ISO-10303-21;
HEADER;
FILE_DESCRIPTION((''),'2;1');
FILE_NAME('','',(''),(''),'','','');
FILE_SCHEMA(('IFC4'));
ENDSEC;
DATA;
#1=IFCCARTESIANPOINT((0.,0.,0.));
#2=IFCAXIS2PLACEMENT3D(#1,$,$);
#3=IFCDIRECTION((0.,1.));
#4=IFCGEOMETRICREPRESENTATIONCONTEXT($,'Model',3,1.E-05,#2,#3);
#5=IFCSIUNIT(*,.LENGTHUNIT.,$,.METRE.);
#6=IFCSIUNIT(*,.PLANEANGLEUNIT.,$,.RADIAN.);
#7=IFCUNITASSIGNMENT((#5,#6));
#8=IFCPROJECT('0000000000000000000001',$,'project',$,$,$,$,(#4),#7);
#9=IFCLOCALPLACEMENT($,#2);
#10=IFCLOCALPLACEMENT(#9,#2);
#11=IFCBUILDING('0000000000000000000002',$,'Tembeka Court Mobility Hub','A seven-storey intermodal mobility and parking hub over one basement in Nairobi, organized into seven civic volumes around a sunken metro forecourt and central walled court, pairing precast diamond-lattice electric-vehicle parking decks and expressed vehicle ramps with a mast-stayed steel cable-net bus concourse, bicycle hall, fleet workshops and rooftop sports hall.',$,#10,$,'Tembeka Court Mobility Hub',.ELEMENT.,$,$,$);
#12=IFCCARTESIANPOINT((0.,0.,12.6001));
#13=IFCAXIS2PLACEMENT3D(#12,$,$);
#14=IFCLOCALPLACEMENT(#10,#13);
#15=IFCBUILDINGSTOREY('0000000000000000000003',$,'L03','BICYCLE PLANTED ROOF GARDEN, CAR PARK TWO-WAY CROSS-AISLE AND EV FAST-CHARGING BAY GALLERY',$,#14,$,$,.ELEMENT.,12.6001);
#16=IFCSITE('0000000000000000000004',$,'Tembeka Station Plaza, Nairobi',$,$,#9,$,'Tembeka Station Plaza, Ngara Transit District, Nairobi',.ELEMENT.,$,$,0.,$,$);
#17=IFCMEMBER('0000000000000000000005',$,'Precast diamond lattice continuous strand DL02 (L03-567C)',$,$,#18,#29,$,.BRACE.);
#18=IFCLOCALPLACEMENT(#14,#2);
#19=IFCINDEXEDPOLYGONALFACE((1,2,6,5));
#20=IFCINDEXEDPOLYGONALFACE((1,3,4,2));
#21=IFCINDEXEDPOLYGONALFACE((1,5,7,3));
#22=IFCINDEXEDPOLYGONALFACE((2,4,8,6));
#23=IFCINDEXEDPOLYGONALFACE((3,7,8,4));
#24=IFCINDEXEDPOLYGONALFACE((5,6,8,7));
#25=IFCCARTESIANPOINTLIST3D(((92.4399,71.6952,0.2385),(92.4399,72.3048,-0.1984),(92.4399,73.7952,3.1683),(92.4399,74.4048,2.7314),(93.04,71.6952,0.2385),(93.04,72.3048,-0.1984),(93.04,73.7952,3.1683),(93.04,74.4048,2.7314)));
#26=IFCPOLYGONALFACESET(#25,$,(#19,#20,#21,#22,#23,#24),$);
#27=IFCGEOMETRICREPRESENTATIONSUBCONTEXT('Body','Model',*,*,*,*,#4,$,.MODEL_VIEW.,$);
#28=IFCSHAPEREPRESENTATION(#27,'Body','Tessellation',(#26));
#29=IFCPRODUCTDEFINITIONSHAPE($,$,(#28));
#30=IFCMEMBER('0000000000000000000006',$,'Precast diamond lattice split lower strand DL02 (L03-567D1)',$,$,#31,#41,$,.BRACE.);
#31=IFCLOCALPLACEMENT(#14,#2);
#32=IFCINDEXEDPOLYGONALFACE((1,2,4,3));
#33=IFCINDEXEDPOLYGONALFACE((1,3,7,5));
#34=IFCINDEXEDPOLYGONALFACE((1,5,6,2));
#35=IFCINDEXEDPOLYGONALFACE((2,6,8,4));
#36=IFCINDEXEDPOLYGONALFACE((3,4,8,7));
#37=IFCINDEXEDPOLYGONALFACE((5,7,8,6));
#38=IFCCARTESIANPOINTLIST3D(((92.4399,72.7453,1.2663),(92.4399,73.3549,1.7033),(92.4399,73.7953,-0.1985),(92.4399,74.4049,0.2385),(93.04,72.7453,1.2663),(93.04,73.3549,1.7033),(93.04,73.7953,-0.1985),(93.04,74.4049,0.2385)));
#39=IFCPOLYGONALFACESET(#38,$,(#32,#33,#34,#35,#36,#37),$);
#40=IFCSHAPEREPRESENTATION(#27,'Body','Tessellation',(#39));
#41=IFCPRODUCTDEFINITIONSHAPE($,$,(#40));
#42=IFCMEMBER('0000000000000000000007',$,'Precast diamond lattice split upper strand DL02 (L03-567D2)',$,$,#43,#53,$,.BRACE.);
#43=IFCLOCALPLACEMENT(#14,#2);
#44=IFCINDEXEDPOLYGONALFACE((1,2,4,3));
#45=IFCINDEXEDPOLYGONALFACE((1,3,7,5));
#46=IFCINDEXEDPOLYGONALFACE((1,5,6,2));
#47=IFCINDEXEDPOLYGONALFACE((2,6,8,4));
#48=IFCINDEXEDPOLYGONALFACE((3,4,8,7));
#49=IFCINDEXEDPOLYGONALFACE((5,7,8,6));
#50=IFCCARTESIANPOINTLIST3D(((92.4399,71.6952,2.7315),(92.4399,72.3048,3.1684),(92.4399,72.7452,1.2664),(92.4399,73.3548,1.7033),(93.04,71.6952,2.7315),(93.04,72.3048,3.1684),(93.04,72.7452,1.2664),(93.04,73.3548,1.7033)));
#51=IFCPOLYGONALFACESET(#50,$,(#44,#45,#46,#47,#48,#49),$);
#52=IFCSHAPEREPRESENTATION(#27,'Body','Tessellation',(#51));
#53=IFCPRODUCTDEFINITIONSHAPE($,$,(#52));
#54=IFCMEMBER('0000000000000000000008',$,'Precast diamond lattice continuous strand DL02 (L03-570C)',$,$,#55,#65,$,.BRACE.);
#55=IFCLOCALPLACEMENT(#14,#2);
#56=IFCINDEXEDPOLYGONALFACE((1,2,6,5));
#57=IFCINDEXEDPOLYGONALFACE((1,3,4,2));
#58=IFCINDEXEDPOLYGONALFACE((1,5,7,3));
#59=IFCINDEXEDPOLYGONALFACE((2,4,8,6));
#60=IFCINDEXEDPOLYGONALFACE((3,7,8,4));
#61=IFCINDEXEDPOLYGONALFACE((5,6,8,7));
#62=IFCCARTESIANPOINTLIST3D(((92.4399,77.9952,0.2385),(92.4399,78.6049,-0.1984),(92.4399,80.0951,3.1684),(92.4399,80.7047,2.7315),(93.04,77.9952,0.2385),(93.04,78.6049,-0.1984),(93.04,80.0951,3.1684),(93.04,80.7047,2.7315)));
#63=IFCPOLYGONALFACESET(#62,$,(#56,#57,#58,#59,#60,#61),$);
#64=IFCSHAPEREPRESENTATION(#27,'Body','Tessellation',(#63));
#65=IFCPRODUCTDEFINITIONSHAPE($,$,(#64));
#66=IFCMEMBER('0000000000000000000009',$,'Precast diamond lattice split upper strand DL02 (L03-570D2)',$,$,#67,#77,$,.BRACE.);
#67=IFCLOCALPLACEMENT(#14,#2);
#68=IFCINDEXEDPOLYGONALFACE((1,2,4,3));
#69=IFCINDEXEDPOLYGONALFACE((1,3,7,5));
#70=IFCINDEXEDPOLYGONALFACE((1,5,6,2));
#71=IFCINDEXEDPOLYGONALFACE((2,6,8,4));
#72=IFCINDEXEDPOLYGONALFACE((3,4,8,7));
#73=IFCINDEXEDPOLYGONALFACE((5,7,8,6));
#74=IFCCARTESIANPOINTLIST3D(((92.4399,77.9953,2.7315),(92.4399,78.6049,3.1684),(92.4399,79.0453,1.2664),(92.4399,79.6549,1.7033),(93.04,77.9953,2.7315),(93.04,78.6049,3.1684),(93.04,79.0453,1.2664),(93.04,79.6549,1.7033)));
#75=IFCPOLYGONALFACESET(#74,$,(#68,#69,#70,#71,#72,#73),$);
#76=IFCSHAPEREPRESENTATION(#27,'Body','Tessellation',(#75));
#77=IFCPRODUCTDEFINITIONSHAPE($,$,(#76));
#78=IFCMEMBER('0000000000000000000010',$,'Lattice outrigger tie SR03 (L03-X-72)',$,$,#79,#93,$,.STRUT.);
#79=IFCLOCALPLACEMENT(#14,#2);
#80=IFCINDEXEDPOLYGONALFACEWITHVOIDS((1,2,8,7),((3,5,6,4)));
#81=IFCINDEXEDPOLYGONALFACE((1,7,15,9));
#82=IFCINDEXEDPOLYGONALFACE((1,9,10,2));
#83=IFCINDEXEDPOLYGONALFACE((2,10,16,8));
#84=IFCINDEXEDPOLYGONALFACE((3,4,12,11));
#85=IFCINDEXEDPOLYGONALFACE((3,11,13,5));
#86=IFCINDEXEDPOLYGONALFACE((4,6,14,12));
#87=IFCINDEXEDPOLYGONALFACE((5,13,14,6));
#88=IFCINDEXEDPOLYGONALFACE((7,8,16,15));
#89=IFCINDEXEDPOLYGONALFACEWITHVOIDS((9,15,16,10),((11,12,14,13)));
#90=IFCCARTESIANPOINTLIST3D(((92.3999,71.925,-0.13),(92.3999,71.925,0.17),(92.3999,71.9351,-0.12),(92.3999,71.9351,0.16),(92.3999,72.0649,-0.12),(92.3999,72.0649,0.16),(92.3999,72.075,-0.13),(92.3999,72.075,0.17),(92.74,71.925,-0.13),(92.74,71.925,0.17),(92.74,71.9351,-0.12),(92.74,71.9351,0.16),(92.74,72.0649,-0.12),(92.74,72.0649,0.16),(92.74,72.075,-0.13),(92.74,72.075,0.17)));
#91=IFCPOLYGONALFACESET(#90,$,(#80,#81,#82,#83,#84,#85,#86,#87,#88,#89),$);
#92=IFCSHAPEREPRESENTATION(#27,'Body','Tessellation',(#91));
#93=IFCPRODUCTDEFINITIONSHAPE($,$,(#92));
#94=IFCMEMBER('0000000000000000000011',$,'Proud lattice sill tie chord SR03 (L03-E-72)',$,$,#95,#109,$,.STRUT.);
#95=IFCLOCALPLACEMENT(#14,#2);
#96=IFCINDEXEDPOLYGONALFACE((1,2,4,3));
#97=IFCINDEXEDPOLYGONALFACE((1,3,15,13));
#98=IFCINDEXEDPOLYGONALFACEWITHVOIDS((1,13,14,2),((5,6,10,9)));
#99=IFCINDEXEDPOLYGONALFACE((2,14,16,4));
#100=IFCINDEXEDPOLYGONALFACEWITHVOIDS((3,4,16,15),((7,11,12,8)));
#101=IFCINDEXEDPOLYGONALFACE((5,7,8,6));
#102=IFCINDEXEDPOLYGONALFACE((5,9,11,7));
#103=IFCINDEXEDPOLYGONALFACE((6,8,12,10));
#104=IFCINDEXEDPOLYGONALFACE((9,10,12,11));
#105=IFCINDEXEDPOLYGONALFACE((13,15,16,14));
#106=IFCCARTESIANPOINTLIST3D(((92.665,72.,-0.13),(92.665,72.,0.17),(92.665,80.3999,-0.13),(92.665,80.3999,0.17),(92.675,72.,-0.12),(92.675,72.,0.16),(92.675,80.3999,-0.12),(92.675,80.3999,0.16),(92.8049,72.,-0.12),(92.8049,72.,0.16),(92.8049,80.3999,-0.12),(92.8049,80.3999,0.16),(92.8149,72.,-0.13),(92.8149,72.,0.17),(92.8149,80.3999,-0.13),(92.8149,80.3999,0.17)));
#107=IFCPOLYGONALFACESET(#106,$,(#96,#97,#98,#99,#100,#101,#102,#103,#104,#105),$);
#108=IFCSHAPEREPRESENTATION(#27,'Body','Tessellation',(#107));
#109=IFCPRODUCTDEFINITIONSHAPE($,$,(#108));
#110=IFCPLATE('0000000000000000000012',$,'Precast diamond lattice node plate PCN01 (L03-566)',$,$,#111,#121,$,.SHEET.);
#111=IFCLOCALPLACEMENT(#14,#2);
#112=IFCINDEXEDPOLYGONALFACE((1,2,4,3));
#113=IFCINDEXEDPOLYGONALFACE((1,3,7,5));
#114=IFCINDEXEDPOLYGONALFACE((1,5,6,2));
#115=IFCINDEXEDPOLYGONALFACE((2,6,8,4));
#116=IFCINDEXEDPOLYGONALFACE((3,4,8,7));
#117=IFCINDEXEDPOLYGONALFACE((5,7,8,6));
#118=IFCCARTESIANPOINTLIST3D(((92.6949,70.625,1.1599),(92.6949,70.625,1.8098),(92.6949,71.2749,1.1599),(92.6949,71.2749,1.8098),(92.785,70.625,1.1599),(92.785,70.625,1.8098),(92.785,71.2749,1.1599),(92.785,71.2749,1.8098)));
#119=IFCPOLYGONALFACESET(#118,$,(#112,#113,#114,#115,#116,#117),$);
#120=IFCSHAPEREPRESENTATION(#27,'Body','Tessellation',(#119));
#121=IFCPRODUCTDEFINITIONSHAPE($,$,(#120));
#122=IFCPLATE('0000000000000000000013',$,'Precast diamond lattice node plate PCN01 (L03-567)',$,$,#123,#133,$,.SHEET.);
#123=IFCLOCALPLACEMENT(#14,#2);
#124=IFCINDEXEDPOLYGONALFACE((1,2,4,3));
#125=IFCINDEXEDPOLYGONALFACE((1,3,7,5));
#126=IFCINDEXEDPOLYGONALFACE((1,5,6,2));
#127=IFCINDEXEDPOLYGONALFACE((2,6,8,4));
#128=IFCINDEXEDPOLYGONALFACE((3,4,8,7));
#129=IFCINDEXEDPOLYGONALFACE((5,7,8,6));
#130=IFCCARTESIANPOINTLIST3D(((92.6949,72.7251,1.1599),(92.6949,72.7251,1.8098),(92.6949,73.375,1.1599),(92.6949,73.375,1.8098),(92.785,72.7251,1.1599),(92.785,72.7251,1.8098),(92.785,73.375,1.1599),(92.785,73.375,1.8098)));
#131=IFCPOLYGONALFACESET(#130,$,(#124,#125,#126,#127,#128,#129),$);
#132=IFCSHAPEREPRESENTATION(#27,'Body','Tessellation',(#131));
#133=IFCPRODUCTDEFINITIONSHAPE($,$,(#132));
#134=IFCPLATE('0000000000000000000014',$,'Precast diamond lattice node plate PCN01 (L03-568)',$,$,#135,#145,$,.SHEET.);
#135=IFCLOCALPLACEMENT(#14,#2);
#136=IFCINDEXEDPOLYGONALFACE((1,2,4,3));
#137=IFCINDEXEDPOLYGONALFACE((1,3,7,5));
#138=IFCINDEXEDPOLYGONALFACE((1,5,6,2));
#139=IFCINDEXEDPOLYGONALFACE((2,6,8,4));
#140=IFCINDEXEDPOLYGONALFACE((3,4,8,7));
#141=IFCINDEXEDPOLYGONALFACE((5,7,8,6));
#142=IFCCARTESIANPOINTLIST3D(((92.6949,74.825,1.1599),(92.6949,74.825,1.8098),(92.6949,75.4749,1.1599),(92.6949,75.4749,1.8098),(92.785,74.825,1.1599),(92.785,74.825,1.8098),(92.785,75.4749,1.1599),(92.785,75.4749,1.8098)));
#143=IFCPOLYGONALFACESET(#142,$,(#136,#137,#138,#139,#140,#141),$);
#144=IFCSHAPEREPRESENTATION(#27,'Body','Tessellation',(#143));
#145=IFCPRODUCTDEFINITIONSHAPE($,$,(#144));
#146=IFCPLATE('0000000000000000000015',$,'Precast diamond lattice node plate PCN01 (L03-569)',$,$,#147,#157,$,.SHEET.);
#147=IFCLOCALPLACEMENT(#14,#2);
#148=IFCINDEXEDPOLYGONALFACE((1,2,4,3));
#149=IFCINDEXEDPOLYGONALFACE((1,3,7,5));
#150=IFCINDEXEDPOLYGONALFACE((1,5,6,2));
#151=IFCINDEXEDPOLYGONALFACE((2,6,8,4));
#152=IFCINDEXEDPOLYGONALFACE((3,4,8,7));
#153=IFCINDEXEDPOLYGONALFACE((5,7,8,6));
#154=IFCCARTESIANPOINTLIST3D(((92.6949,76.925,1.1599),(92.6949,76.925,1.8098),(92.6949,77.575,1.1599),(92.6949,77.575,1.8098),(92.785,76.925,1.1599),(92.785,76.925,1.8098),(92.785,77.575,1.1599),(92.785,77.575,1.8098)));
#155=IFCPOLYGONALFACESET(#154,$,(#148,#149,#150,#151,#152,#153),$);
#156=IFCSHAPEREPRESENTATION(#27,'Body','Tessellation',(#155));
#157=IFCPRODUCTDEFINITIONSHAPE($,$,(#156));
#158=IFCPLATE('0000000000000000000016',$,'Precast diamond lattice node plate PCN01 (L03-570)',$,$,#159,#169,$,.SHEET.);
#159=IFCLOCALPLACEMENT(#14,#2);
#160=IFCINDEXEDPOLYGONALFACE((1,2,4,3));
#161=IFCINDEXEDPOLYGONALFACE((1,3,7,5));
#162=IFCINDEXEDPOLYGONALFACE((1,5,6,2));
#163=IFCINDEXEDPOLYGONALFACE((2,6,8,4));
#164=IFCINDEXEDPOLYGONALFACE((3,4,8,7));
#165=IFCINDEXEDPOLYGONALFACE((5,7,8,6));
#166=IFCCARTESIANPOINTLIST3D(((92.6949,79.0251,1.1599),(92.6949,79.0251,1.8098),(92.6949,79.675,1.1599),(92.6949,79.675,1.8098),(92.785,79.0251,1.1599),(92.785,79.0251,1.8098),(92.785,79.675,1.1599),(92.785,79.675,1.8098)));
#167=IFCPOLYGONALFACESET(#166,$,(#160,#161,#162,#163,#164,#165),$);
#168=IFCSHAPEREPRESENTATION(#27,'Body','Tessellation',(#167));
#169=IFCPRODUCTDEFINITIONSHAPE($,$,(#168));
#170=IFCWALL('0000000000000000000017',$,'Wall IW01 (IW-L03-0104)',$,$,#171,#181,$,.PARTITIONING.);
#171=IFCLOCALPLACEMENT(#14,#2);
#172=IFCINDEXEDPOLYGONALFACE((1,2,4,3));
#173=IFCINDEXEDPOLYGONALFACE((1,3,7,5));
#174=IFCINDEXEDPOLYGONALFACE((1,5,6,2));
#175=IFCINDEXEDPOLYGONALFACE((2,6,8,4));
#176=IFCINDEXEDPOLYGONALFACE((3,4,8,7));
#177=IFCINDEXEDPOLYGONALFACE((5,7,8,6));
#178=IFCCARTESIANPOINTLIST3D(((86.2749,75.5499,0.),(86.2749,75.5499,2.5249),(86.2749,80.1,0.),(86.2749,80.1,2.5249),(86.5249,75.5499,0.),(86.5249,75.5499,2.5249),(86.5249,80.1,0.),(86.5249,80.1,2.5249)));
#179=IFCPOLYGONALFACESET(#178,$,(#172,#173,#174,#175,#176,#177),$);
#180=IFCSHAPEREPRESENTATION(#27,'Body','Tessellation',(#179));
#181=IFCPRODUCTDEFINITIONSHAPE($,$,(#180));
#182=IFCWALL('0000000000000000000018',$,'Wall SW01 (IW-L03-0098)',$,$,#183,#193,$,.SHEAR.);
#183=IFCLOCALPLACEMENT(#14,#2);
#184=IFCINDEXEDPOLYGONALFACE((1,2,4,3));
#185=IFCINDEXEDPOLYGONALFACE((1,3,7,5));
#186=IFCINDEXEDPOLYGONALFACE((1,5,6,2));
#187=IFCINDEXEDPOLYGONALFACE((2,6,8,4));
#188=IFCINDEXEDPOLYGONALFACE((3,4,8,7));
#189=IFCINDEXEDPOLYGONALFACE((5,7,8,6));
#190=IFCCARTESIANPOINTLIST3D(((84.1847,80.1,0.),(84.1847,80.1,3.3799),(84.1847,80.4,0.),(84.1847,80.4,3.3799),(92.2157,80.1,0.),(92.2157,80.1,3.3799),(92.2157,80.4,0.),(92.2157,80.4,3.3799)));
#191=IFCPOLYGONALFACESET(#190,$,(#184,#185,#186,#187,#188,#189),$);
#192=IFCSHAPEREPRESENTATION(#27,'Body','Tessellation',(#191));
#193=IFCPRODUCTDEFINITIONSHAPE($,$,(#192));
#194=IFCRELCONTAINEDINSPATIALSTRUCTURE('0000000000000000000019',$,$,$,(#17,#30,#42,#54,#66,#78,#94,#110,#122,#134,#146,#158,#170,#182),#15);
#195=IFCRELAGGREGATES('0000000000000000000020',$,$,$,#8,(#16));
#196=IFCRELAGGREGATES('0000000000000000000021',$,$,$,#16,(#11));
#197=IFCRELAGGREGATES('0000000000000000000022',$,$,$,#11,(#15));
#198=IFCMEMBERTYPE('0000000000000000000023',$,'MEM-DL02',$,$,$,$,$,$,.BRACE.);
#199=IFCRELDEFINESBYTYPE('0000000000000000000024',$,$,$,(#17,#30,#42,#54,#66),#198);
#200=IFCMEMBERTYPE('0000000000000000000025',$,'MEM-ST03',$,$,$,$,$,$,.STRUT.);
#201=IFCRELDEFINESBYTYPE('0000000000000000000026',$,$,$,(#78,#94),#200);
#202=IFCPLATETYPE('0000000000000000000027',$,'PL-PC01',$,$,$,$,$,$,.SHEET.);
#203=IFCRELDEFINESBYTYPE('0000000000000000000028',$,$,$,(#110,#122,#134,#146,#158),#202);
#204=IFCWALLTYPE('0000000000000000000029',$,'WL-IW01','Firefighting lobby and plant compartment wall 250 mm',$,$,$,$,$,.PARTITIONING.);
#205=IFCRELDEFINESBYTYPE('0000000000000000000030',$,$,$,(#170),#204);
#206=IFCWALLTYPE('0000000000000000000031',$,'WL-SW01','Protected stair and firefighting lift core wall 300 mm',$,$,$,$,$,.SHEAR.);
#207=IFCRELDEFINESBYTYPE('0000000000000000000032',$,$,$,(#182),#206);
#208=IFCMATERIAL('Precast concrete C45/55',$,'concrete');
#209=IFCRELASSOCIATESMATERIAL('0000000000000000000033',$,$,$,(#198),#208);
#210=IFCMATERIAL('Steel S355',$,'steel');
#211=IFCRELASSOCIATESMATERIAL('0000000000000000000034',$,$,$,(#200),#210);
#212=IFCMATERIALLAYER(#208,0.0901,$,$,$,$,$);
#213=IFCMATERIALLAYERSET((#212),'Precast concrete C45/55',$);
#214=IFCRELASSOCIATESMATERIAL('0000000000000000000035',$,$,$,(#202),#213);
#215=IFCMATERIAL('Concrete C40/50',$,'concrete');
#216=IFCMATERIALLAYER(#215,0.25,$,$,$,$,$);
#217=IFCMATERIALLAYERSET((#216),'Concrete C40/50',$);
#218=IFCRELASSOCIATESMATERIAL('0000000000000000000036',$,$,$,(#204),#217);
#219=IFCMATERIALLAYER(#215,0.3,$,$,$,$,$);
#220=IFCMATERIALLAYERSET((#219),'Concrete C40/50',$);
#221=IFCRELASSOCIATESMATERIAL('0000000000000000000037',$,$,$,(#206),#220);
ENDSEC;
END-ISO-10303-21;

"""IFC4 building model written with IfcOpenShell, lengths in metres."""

from ifc_helpers import new_model, si_unit, direction, frame, frame_2d, origin, origin_2d, place, context, subcontext, project, spatial, rectangle, hollow_rectangle, extrude, material, layer, layer_set, material_profile, profile_set, type_object, element, save


model = new_model("IFC4")

# Units and contexts
model_context = context("Model", 3, precision=1e-05, world=origin(), true_north=direction((0.0, 1.0)))
body_context = subcontext(model_context, "Body", "Model", "MODEL_VIEW")
ifc_project = project(units=[si_unit("LENGTHUNIT", "METRE"), si_unit("PLANEANGLEUNIT", "RADIAN")], contexts=[model_context])

# Site, building, storey
site_placement = place(None, origin())
site = spatial("IfcSite", under=ifc_project, at=site_placement, Name="Tembeka Station Plaza, Nairobi", LongName="Tembeka Station Plaza, Ngara Transit District, Nairobi", CompositionType="ELEMENT", RefElevation=0.0)
building_placement = place(site_placement, origin())
building = spatial("IfcBuilding", under=site, at=building_placement, Name="Tembeka Court Mobility Hub", Description="A seven-storey intermodal mobility and parking hub over one basement in Nairobi, organized into seven civic volumes around a sunken metro forecourt and central walled court, pairing precast diamond-lattice electric-vehicle parking decks and expressed vehicle ramps with a mast-stayed steel cable-net bus concourse, bicycle hall, fleet workshops and rooftop sports hall.", LongName="Tembeka Court Mobility Hub", CompositionType="ELEMENT")
storey_placement = place(building_placement, frame((0.0, 0.0, 12.6001)))
storey = spatial("IfcBuildingStorey", under=building, at=storey_placement, Name="L03", Description="BICYCLE PLANTED ROOF GARDEN, CAR PARK TWO-WAY CROSS-AISLE AND EV FAST-CHARGING BAY GALLERY", CompositionType="ELEMENT", Elevation=12.6001)

# Shared definitions
ifc_material_1 = material(Name="Steel S355", Category="steel")

# Shared definitions
ifc_material_2 = material(Name="Precast concrete C45/55", Category="concrete")

# Members
ifc_material_profile_1 = material_profile(ifc_material_2, rectangle(XDim=0.6001, YDim=0.75, at=origin_2d()), Name="PC-DIAG 600x750")
ifc_profile_set_1 = profile_set([ifc_material_profile_1], Name="Precast concrete C45/55")
member_type_1 = type_object("IfcMemberType", Name="MEM-DL02", PredefinedType="BRACE", material=ifc_profile_set_1)
member_1_placement = place(storey_placement, frame((92.74, 72.0, 0.02), z_axis=(0.0, 0.582576, 0.812776), x_axis=(-1.0, 0.0, 0.0)))
element("IfcMember", 1, at=member_1_placement, inside=storey, type_object=member_type_1, Name="Precast diamond lattice continuous strand DL02 (L03-567C)", PredefinedType="BRACE", context=body_context, shape_type="SweptSolid", body=[
    extrude(rectangle(XDim=0.6001, YDim=0.75, at=origin_2d()), origin(), (0.0, 0.0, 1.0), 3.6047),
])
member_2_placement = place(storey_placement, frame((92.74, 74.1001, 0.02), z_axis=(0.0, -0.582608, 0.812753), x_axis=(1.0, 0.0, 0.0)))
element("IfcMember", 2, at=member_2_placement, inside=storey, type_object=member_type_1, Name="Precast diamond lattice split lower strand DL02 (L03-567D1)", PredefinedType="BRACE", context=body_context, shape_type="SweptSolid", body=[
    extrude(rectangle(XDim=0.6001, YDim=0.75, at=origin_2d()), origin(), (0.0, 0.0, 1.0), 1.8022),
])
member_3_placement = place(storey_placement, frame((92.74, 73.05, 1.4849), z_axis=(0.0, -0.582544, 0.812799), x_axis=(1.0, 0.0, 0.0)))
element("IfcMember", 3, at=member_3_placement, inside=storey, type_object=member_type_1, Name="Precast diamond lattice split upper strand DL02 (L03-567D2)", PredefinedType="BRACE", context=body_context, shape_type="SweptSolid", body=[
    extrude(rectangle(XDim=0.6001, YDim=0.75, at=origin_2d()), origin(), (0.0, 0.0, 1.0), 1.8025),
])
member_4_placement = place(storey_placement, frame((92.74, 78.3, 0.02), z_axis=(0.0, 0.582532, 0.812808), x_axis=(-1.0, 0.0, 0.0)))
element("IfcMember", 4, at=member_4_placement, inside=storey, type_object=member_type_1, Name="Precast diamond lattice continuous strand DL02 (L03-570C)", PredefinedType="BRACE", context=body_context, shape_type="SweptSolid", body=[
    extrude(rectangle(XDim=0.6001, YDim=0.75, at=origin_2d()), origin(), (0.0, 0.0, 1.0), 3.6047),
])
member_5_placement = place(storey_placement, frame((92.74, 79.3501, 1.4849), z_axis=(0.0, -0.582544, 0.812799), x_axis=(1.0, 0.0, 0.0)))
element("IfcMember", 5, at=member_5_placement, inside=storey, type_object=member_type_1, Name="Precast diamond lattice split upper strand DL02 (L03-570D2)", PredefinedType="BRACE", context=body_context, shape_type="SweptSolid", body=[
    extrude(rectangle(XDim=0.6001, YDim=0.75, at=origin_2d()), origin(), (0.0, 0.0, 1.0), 1.8025),
])
ifc_material_profile_2 = material_profile(ifc_material_1, hollow_rectangle(XDim=0.1499, YDim=0.3, WallThickness=0.01, at=origin_2d()), Name="RHS 300x150x10")
ifc_profile_set_2 = profile_set([ifc_material_profile_2], Name="Steel S355")
member_type_2 = type_object("IfcMemberType", Name="MEM-ST03", PredefinedType="STRUT", material=ifc_profile_set_2)
member_6_placement = place(storey_placement, frame((92.3999, 72.0, 0.02), z_axis=(1.0, 0.0, 0.0), x_axis=(0.0, 1.0, 0.0)))
element("IfcMember", 6, at=member_6_placement, inside=storey, type_object=member_type_2, Name="Lattice outrigger tie SR03 (L03-X-72)", PredefinedType="STRUT", context=body_context, shape_type="SweptSolid", body=[
    extrude(hollow_rectangle(XDim=0.1499, YDim=0.3, WallThickness=0.01, at=origin_2d()), origin(), (0.0, 0.0, 1.0), 0.3401),
])
member_7_placement = place(storey_placement, frame((92.74, 72.0, 0.02), z_axis=(0.0, 1.0, 0.0), x_axis=(-1.0, 0.0, 0.0)))
element("IfcMember", 7, at=member_7_placement, inside=storey, type_object=member_type_2, Name="Proud lattice sill tie chord SR03 (L03-E-72)", PredefinedType="STRUT", context=body_context, shape_type="SweptSolid", body=[
    extrude(hollow_rectangle(XDim=0.1499, YDim=0.3, WallThickness=0.01, at=origin_2d()), origin(), (0.0, 0.0, 1.0), 8.3999),
])

# Plates
ifc_layer_1 = layer(ifc_material_2, 0.0901)
ifc_layer_set_1 = layer_set([ifc_layer_1], Name="Precast concrete C45/55")
plate_type = type_object("IfcPlateType", Name="PL-PC01", PredefinedType="SHEET", material=ifc_layer_set_1)
for number, where, z_axis, x_axis, name in (
    (8, (92.74, 70.95, 1.1599), (0.0, 0.0, 1.0), (1.0, 0.0, 0.0), "Precast diamond lattice node plate PCN01 (L03-566)"),
    (9, (92.74, 73.05, 1.1599), (0.0, 0.0, 1.0), (1.0, 0.0, 0.0), "Precast diamond lattice node plate PCN01 (L03-567)"),
    (10, (92.74, 75.1499, 1.1599), (0.0, 0.0, 1.0), (1.0, 0.0, 0.0), "Precast diamond lattice node plate PCN01 (L03-568)"),
    (11, (92.74, 77.25, 1.1599), (0.0, 0.0, 1.0), (1.0, 0.0, 0.0), "Precast diamond lattice node plate PCN01 (L03-569)"),
    (12, (92.74, 79.3501, 1.1599), (0.0, 0.0, 1.0), (1.0, 0.0, 0.0), "Precast diamond lattice node plate PCN01 (L03-570)"),
):
    element("IfcPlate", number, at=place(storey_placement, frame(where, z_axis=z_axis, x_axis=x_axis)), inside=storey, type_object=plate_type, Name=name, PredefinedType="SHEET", context=body_context, shape_type="SweptSolid", body=[
        extrude(rectangle(XDim=0.0901, YDim=0.6499, at=origin_2d()), origin(), (0.0, 0.0, 1.0), 0.6499),
    ])

# Walls
ifc_material_3 = material(Name="Concrete C40/50", Category="concrete")
ifc_layer_2 = layer(ifc_material_3, 0.25)
ifc_layer_set_2 = layer_set([ifc_layer_2], Name="Concrete C40/50")
wall_type_1 = type_object("IfcWallType", Name="WL-IW01", Description="Firefighting lobby and plant compartment wall 250 mm", PredefinedType="PARTITIONING", material=ifc_layer_set_2)
wall_1_placement = place(storey_placement, frame((86.3999, 75.55, 0.0), z_axis=(0.0, 0.0, 1.0), x_axis=(0.0, 1.0, 0.0)))
element("IfcWall", 13, at=wall_1_placement, inside=storey, type_object=wall_type_1, Name="Wall IW01 (IW-L03-0104)", PredefinedType="PARTITIONING", context=body_context, shape_type="SweptSolid", body=[
    extrude(rectangle(XDim=4.55, YDim=0.25, at=frame_2d((2.2749, 0.0))), origin(), (0.0, 0.0, 1.0), 2.5249),
])
ifc_layer_3 = layer(ifc_material_3, 0.3)
ifc_layer_set_3 = layer_set([ifc_layer_3], Name="Concrete C40/50")
wall_type_2 = type_object("IfcWallType", Name="WL-SW01", Description="Protected stair and firefighting lift core wall 300 mm", PredefinedType="SHEAR", material=ifc_layer_set_3)
wall_2_placement = place(storey_placement, frame((84.1846, 80.25, 0.0), z_axis=(0.0, 0.0, 1.0), x_axis=(1.0, 0.0, 0.0)))
element("IfcWall", 14, at=wall_2_placement, inside=storey, type_object=wall_type_2, Name="Wall SW01 (IW-L03-0098)", PredefinedType="SHEAR", context=body_context, shape_type="SweptSolid", body=[
    extrude(rectangle(XDim=8.031, YDim=0.3, at=frame_2d((4.0156, 0.0))), origin(), (0.0, 0.0, 1.0), 3.3799),
])

save(model, "model.ifc")
